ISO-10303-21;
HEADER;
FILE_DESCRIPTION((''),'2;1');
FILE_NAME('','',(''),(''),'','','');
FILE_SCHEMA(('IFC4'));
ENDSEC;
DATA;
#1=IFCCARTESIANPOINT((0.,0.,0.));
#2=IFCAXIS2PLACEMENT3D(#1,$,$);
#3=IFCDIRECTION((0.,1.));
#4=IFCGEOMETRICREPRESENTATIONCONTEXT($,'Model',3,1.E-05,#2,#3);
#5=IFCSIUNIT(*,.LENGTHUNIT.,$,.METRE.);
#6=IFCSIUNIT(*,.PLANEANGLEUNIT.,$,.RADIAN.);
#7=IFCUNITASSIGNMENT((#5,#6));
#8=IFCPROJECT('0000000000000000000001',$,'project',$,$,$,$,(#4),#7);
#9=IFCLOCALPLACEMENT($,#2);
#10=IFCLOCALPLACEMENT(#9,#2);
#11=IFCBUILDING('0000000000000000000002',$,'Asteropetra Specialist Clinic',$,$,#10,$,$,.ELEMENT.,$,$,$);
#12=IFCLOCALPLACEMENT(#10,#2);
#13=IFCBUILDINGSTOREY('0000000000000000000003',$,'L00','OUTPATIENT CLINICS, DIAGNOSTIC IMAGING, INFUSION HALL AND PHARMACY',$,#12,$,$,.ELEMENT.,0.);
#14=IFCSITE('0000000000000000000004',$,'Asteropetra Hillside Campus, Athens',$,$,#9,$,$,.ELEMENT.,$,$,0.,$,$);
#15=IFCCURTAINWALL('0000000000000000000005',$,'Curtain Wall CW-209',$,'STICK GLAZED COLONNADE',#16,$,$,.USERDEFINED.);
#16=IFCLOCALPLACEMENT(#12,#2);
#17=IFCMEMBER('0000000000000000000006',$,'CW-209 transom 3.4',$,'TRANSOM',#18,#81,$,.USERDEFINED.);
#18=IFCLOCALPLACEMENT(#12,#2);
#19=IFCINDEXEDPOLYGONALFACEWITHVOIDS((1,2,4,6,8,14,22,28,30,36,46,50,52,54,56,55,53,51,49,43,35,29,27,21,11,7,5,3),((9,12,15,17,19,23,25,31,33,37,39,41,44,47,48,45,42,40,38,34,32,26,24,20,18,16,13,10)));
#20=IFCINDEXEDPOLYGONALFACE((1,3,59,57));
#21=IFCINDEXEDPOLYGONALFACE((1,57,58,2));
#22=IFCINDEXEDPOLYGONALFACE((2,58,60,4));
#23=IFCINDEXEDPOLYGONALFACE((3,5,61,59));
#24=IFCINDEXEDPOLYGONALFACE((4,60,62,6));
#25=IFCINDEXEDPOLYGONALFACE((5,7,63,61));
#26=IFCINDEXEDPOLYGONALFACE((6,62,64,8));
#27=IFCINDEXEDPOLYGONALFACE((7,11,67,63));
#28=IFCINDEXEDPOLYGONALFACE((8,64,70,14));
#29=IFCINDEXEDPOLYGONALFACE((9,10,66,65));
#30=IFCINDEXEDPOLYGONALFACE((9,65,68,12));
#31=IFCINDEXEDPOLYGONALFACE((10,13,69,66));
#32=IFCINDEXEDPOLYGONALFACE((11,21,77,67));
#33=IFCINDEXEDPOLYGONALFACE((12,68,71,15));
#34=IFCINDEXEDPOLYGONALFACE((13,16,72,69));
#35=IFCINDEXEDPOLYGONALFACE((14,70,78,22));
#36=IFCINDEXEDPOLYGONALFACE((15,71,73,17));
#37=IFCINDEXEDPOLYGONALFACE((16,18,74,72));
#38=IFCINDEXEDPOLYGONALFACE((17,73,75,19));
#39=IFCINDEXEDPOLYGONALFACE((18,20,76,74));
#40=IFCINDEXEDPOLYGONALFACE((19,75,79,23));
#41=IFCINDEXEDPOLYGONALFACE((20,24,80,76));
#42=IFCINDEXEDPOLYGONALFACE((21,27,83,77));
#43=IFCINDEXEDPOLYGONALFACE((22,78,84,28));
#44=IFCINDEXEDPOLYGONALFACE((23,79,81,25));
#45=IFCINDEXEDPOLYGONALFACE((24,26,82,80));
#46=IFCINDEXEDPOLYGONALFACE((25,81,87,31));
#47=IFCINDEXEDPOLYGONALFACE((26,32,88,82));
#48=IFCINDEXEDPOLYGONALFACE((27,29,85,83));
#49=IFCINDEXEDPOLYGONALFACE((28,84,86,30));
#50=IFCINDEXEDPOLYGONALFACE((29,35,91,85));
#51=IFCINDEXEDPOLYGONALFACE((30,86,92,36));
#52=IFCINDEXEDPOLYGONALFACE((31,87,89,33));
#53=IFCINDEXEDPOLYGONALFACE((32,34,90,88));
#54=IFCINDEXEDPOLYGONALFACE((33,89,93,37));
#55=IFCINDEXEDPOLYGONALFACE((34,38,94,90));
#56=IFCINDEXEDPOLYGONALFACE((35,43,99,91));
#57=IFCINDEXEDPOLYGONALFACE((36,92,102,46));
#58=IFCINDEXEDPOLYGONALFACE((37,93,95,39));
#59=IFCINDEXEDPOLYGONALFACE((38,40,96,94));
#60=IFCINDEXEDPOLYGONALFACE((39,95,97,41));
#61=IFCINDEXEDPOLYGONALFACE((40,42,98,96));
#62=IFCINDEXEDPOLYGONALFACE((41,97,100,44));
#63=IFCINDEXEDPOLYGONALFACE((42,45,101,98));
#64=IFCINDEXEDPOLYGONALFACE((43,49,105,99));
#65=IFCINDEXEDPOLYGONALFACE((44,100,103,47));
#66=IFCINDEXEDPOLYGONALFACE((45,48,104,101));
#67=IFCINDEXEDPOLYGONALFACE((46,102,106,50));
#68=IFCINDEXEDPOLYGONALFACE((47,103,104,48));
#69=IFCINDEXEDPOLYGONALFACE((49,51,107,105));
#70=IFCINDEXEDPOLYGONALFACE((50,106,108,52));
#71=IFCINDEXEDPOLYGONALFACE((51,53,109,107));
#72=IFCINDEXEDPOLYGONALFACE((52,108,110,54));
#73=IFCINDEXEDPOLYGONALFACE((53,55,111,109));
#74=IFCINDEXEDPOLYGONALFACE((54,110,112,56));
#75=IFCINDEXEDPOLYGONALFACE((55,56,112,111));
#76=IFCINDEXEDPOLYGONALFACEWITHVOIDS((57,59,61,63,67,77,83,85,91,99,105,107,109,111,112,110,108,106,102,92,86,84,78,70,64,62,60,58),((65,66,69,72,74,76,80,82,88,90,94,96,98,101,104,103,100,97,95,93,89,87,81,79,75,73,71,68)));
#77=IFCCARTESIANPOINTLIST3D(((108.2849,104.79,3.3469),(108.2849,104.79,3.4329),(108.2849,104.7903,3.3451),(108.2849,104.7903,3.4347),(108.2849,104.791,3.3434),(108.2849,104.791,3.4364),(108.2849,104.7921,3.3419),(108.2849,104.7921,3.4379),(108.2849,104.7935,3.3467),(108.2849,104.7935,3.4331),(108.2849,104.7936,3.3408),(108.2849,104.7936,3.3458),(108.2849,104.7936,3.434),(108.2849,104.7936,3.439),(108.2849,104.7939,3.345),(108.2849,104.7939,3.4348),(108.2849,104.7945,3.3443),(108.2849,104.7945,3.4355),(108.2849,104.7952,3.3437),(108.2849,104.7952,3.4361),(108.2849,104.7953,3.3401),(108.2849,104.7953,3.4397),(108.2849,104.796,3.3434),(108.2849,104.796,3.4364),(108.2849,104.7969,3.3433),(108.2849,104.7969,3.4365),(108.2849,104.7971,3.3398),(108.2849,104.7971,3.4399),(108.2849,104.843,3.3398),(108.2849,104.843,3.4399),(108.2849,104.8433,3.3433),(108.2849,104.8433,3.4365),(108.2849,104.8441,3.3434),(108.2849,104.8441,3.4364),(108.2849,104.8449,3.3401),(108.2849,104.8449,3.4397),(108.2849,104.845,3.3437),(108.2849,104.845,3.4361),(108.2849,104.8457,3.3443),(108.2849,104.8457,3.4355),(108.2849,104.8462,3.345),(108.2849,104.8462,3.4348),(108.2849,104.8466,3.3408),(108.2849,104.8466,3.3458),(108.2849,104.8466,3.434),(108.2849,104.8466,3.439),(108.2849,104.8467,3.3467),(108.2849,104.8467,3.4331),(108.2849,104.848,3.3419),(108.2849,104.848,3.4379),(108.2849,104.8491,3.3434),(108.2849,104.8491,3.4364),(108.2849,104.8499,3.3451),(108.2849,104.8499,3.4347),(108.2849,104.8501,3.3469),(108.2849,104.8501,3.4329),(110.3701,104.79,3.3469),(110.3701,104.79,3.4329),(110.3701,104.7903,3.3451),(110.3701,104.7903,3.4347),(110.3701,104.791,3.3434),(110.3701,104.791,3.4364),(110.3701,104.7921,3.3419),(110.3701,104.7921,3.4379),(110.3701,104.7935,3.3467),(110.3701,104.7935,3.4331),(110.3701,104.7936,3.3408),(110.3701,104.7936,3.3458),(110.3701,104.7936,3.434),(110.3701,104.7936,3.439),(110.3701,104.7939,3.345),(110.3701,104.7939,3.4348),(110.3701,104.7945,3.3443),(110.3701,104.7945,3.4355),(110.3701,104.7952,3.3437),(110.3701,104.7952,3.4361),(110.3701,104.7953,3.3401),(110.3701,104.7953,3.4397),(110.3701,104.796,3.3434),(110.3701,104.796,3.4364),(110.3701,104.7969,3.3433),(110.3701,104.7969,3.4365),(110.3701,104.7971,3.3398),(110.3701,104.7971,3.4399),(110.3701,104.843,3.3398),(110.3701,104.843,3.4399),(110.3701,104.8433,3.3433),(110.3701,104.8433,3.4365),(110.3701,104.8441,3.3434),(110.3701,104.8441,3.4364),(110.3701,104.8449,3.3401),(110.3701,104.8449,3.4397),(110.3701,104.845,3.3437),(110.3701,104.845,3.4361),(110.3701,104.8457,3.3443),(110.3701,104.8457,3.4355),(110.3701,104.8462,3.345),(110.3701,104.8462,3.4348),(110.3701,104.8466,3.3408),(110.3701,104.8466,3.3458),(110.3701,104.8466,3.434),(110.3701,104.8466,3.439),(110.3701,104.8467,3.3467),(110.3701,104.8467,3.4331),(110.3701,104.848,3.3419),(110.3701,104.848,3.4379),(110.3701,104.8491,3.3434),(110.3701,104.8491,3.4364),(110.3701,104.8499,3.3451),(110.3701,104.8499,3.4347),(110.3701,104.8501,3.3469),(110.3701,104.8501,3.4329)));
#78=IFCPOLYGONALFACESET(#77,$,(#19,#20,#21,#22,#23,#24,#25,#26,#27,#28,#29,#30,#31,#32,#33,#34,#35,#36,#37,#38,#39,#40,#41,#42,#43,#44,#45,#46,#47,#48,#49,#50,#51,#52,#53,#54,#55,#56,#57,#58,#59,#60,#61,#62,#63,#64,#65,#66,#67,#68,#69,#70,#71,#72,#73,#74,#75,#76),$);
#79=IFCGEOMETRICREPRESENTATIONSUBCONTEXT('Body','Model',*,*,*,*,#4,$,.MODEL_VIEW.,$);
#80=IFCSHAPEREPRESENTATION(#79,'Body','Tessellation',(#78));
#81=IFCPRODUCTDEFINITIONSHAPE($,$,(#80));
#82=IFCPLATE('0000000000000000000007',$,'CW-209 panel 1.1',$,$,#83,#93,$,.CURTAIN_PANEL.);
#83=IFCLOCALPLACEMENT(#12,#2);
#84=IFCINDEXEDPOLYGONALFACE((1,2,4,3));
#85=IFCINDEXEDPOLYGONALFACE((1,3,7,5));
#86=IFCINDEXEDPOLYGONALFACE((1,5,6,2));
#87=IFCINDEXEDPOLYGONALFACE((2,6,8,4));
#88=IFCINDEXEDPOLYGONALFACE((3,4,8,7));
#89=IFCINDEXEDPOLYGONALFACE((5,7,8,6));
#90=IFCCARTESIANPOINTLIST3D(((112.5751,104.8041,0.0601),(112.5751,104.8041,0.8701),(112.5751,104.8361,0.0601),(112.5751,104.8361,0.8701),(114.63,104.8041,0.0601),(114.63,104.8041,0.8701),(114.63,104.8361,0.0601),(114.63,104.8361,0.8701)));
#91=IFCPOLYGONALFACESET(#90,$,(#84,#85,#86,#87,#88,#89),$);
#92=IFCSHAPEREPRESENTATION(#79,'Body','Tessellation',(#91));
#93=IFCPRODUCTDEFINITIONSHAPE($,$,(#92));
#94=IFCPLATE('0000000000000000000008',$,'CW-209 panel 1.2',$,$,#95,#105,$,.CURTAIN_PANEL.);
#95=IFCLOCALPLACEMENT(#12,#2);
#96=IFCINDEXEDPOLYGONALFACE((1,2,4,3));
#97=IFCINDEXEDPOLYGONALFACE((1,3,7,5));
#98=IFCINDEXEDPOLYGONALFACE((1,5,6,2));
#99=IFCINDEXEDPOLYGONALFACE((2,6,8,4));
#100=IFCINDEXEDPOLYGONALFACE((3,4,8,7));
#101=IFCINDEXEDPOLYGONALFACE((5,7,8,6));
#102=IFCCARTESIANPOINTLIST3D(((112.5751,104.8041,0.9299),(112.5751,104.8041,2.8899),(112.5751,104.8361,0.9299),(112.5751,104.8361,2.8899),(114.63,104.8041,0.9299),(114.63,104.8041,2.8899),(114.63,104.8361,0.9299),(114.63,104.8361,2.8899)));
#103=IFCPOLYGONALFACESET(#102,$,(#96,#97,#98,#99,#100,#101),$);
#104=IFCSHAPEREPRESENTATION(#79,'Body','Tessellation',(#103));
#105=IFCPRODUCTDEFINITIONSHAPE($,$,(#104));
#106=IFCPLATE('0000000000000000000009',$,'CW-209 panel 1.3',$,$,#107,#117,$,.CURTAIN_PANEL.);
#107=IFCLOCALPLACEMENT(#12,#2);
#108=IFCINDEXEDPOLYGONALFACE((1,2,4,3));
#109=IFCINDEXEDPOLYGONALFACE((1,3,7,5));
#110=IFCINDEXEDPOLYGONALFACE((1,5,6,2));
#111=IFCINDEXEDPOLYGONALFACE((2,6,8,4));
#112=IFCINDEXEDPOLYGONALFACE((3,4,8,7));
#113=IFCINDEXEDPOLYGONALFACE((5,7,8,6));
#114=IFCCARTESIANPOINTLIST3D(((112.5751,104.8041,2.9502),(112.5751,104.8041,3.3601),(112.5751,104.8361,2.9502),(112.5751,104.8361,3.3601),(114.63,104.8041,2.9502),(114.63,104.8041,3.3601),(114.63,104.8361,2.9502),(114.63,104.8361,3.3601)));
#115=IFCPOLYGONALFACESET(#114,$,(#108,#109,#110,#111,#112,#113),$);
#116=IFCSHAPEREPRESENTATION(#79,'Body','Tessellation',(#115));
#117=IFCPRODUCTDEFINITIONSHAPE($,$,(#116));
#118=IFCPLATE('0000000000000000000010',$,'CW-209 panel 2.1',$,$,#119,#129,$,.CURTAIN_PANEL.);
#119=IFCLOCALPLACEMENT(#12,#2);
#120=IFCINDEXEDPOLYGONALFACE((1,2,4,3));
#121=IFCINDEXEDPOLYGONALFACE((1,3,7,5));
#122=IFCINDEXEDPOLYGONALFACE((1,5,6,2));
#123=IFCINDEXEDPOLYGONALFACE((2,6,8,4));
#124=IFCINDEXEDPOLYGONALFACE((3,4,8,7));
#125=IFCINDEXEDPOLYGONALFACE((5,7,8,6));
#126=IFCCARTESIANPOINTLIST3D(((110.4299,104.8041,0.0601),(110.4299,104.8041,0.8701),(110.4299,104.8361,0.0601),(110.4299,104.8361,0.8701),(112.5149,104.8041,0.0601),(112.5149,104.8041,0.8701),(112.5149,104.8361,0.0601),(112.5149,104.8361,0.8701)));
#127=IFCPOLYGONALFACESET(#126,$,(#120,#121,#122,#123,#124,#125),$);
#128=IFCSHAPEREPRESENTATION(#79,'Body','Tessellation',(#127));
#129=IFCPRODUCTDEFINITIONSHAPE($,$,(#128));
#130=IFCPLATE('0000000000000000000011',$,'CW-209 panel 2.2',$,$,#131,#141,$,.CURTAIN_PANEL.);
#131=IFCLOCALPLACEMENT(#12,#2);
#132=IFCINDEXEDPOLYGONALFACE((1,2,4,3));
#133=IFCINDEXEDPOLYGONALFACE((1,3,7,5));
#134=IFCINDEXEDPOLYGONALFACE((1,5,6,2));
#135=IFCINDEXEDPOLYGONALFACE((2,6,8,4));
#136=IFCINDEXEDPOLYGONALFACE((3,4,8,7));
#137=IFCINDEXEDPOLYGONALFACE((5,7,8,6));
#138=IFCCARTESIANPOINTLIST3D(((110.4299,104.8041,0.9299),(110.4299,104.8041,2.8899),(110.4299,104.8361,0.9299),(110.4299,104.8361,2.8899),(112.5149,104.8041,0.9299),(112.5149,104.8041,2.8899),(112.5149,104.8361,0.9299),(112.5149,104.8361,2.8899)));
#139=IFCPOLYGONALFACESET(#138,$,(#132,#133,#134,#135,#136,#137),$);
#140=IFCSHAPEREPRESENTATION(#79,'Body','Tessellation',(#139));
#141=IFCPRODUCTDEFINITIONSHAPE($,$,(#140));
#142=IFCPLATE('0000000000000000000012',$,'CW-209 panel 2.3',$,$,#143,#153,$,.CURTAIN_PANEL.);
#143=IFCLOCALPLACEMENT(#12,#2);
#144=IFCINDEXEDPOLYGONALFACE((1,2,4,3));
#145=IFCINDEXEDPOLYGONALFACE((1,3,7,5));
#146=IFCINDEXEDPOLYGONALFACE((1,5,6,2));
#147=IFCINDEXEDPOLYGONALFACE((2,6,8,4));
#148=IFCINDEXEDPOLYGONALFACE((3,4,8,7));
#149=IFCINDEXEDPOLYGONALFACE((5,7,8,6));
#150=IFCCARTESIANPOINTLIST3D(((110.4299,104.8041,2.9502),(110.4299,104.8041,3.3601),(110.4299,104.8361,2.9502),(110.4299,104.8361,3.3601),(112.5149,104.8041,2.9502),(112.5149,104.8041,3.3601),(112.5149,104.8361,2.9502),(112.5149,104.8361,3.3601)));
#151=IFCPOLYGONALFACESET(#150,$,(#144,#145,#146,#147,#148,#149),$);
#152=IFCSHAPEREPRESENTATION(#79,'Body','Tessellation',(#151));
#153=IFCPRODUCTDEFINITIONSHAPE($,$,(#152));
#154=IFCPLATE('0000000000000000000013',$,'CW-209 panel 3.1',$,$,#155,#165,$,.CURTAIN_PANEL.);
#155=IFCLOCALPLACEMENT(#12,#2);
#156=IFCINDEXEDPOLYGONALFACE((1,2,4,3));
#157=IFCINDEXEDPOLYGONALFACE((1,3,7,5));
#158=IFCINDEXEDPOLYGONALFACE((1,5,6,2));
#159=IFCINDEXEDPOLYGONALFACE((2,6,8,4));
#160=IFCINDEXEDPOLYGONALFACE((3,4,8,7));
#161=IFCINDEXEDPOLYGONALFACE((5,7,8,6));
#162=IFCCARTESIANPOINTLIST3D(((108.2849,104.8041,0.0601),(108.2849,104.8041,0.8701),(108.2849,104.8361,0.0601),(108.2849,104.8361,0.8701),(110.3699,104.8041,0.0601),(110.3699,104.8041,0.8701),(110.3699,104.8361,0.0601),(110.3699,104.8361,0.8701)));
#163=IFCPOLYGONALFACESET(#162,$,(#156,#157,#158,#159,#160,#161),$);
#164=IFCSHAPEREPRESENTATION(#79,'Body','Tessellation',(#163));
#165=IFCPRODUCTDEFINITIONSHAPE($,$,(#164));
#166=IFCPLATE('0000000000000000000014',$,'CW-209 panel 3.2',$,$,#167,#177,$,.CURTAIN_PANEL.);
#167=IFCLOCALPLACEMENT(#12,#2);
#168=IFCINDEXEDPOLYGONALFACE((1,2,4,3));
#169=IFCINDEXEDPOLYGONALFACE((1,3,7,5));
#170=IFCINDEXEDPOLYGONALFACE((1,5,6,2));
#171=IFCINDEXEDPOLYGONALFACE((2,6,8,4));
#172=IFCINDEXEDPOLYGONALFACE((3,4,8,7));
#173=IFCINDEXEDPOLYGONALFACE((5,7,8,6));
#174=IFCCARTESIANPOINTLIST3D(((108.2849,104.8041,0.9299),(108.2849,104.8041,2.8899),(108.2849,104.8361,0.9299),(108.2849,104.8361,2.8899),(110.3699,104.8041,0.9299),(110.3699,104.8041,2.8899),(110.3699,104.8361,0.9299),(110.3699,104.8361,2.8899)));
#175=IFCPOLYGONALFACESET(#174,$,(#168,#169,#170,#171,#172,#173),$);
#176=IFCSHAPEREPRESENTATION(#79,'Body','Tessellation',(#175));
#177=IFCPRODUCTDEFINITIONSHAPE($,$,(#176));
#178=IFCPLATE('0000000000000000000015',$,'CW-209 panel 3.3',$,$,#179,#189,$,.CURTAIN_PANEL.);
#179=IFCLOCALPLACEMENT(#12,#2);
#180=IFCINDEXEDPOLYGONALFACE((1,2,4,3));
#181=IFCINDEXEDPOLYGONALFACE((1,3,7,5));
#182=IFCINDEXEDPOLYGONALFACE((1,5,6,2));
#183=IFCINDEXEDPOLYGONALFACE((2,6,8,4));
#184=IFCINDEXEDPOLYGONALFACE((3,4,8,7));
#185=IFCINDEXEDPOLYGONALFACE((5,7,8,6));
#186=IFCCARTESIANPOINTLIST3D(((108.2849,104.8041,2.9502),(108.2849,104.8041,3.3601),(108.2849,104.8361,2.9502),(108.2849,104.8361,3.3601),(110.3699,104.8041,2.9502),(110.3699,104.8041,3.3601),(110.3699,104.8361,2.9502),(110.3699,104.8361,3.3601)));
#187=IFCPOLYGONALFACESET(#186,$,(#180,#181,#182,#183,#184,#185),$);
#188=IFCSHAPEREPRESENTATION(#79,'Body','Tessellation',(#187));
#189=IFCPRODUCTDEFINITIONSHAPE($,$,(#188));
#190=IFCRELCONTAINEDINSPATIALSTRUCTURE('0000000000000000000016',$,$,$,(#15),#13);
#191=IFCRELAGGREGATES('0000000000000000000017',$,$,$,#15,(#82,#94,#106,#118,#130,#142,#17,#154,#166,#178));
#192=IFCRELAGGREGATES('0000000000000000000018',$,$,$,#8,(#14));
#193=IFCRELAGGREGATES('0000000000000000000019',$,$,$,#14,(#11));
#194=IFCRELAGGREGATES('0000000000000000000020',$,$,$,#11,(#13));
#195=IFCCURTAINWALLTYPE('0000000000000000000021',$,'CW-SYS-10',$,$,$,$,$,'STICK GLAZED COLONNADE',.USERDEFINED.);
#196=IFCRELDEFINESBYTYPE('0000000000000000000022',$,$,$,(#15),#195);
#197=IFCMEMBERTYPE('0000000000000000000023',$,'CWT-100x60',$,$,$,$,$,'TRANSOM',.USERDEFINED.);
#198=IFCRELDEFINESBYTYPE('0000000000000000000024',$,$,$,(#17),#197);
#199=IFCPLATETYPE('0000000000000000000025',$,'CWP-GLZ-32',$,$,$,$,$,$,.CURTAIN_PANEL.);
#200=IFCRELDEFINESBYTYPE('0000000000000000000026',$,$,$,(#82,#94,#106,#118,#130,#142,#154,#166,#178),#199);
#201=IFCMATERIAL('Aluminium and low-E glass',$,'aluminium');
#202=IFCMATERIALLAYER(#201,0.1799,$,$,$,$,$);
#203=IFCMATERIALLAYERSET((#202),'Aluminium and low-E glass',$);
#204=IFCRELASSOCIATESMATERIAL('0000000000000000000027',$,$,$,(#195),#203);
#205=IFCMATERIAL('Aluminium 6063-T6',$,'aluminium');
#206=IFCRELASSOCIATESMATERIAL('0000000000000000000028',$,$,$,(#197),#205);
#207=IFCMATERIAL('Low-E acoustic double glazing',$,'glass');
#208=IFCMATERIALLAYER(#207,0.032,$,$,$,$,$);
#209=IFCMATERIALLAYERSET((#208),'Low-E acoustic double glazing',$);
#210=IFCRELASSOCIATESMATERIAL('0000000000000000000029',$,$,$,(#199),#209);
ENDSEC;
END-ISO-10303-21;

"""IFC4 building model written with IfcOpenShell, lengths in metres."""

from ifc_helpers import new_model, si_unit, direction, frame, origin, origin_2d, place, context, subcontext, project, spatial, rectangle, hollow_rectangle, extrude, material, layer, layer_set, material_profile, profile_set, type_object, element, aggregate, save


model = new_model("IFC4")

# Units and contexts
model_context = context("Model", 3, precision=1e-05, world=origin(), true_north=direction((0.0, 1.0)))
body_context = subcontext(model_context, "Body", "Model", "MODEL_VIEW")
ifc_project = project(units=[si_unit("LENGTHUNIT", "METRE"), si_unit("PLANEANGLEUNIT", "RADIAN")], contexts=[model_context])

# Site, building, storey
site_placement = place(None, origin())
site = spatial("IfcSite", under=ifc_project, at=site_placement, Name="Asteropetra Hillside Campus, Athens", CompositionType="ELEMENT", RefElevation=0.0)
building_placement = place(site_placement, origin())
building = spatial("IfcBuilding", under=site, at=building_placement, Name="Asteropetra Specialist Clinic", CompositionType="ELEMENT")
storey_placement = place(building_placement, origin())
storey = spatial("IfcBuildingStorey", under=building, at=storey_placement, Name="L00", Description="OUTPATIENT CLINICS, DIAGNOSTIC IMAGING, INFUSION HALL AND PHARMACY", CompositionType="ELEMENT", Elevation=0.0)

# Curtain wall, member, plates
ifc_material_1 = material(Name="Aluminium and low-E glass", Category="aluminium")
ifc_layer_1 = layer(ifc_material_1, 0.1799)
ifc_layer_set_1 = layer_set([ifc_layer_1], Name="Aluminium and low-E glass")
curtain_wall_type = type_object("IfcCurtainWallType", Name="CW-SYS-10", ElementType="STICK GLAZED COLONNADE", PredefinedType="USERDEFINED", material=ifc_layer_set_1)
curtain_wall_placement = place(storey_placement, origin())
curtain_wall = element("IfcCurtainWall", 1, at=curtain_wall_placement, inside=storey, type_object=curtain_wall_type, Name="Curtain Wall CW-209", ObjectType="STICK GLAZED COLONNADE", PredefinedType="USERDEFINED")
ifc_material_2 = material(Name="Aluminium 6063-T6", Category="aluminium")
ifc_material_profile_1 = material_profile(ifc_material_2, hollow_rectangle(XDim=0.0601, YDim=0.1001, WallThickness=0.0034, InnerFilletRadius=0.0034, OuterFilletRadius=0.0071, at=origin_2d()), Name="TRN 100x60x3.5")
ifc_profile_set_1 = profile_set([ifc_material_profile_1], Name="Aluminium 6063-T6")
member_type_1 = type_object("IfcMemberType", Name="CWT-100x60", ElementType="TRANSOM", PredefinedType="USERDEFINED", material=ifc_profile_set_1)
member_1_placement = place(storey_placement, frame((110.3701, 104.8201, 3.3899), z_axis=(-1.0, 0.0, 0.0), x_axis=(0.0, -1.0, 0.0)))
member_1 = element("IfcMember", 2, at=member_1_placement, type_object=member_type_1, Name="CW-209 transom 3.4", ObjectType="TRANSOM", PredefinedType="USERDEFINED", context=body_context, shape_type="SweptSolid", body=[
    extrude(hollow_rectangle(XDim=0.0601, YDim=0.1001, WallThickness=0.0034, InnerFilletRadius=0.0034, OuterFilletRadius=0.0071, at=origin_2d()), origin(), (0.0, 0.0, 1.0), 2.0852),
])
ifc_material_3 = material(Name="Low-E acoustic double glazing", Category="glass")
ifc_layer_2 = layer(ifc_material_3, 0.032)
ifc_layer_set_2 = layer_set([ifc_layer_2], Name="Low-E acoustic double glazing")
plate_type = type_object("IfcPlateType", Name="CWP-GLZ-32", PredefinedType="CURTAIN_PANEL", material=ifc_layer_set_2)
plate_1_placement = place(storey_placement, frame((113.6025, 104.8201, 0.0601), z_axis=(0.0, 0.0, 1.0), x_axis=(-1.0, 0.0, 0.0)))
plate_1 = element("IfcPlate", 3, at=plate_1_placement, type_object=plate_type, Name="CW-209 panel 1.1", PredefinedType="CURTAIN_PANEL", context=body_context, shape_type="SweptSolid", body=[
    extrude(rectangle(XDim=2.0549, YDim=0.032, at=origin_2d()), origin(), (0.0, 0.0, 1.0), 0.8101),
])
plate_2_placement = place(storey_placement, frame((113.6025, 104.8201, 0.9299), z_axis=(0.0, 0.0, 1.0), x_axis=(-1.0, 0.0, 0.0)))
plate_2 = element("IfcPlate", 4, at=plate_2_placement, type_object=plate_type, Name="CW-209 panel 1.2", PredefinedType="CURTAIN_PANEL", context=body_context, shape_type="SweptSolid", body=[
    extrude(rectangle(XDim=2.0549, YDim=0.032, at=origin_2d()), origin(), (0.0, 0.0, 1.0), 1.96),
])
plate_3_placement = place(storey_placement, frame((113.6025, 104.8201, 2.9502), z_axis=(0.0, 0.0, 1.0), x_axis=(-1.0, 0.0, 0.0)))
plate_3 = element("IfcPlate", 5, at=plate_3_placement, type_object=plate_type, Name="CW-209 panel 1.3", PredefinedType="CURTAIN_PANEL", context=body_context, shape_type="SweptSolid", body=[
    extrude(rectangle(XDim=2.0549, YDim=0.032, at=origin_2d()), origin(), (0.0, 0.0, 1.0), 0.4099),
])
plate_4_placement = place(storey_placement, frame((111.4724, 104.8201, 0.0601), z_axis=(0.0, 0.0, 1.0), x_axis=(-1.0, 0.0, 0.0)))
plate_4 = element("IfcPlate", 6, at=plate_4_placement, type_object=plate_type, Name="CW-209 panel 2.1", PredefinedType="CURTAIN_PANEL", context=body_context, shape_type="SweptSolid", body=[
    extrude(rectangle(XDim=2.085, YDim=0.032, at=origin_2d()), origin(), (0.0, 0.0, 1.0), 0.8101),
])
plate_5_placement = place(storey_placement, frame((111.4724, 104.8201, 0.9299), z_axis=(0.0, 0.0, 1.0), x_axis=(-1.0, 0.0, 0.0)))
plate_5 = element("IfcPlate", 7, at=plate_5_placement, type_object=plate_type, Name="CW-209 panel 2.2", PredefinedType="CURTAIN_PANEL", context=body_context, shape_type="SweptSolid", body=[
    extrude(rectangle(XDim=2.085, YDim=0.032, at=origin_2d()), origin(), (0.0, 0.0, 1.0), 1.96),
])
plate_6_placement = place(storey_placement, frame((111.4724, 104.8201, 2.9502), z_axis=(0.0, 0.0, 1.0), x_axis=(-1.0, 0.0, 0.0)))
plate_6 = element("IfcPlate", 8, at=plate_6_placement, type_object=plate_type, Name="CW-209 panel 2.3", PredefinedType="CURTAIN_PANEL", context=body_context, shape_type="SweptSolid", body=[
    extrude(rectangle(XDim=2.085, YDim=0.032, at=origin_2d()), origin(), (0.0, 0.0, 1.0), 0.4099),
])
plate_7_placement = place(storey_placement, frame((109.3274, 104.8201, 0.0601), z_axis=(0.0, 0.0, 1.0), x_axis=(-1.0, 0.0, 0.0)))
plate_7 = element("IfcPlate", 9, at=plate_7_placement, type_object=plate_type, Name="CW-209 panel 3.1", PredefinedType="CURTAIN_PANEL", context=body_context, shape_type="SweptSolid", body=[
    extrude(rectangle(XDim=2.085, YDim=0.032, at=origin_2d()), origin(), (0.0, 0.0, 1.0), 0.8101),
])
plate_8_placement = place(storey_placement, frame((109.3274, 104.8201, 0.9299), z_axis=(0.0, 0.0, 1.0), x_axis=(-1.0, 0.0, 0.0)))
plate_8 = element("IfcPlate", 10, at=plate_8_placement, type_object=plate_type, Name="CW-209 panel 3.2", PredefinedType="CURTAIN_PANEL", context=body_context, shape_type="SweptSolid", body=[
    extrude(rectangle(XDim=2.085, YDim=0.032, at=origin_2d()), origin(), (0.0, 0.0, 1.0), 1.96),
])
plate_9_placement = place(storey_placement, frame((109.3274, 104.8201, 2.9502), z_axis=(0.0, 0.0, 1.0), x_axis=(-1.0, 0.0, 0.0)))
plate_9 = element("IfcPlate", 11, at=plate_9_placement, type_object=plate_type, Name="CW-209 panel 3.3", PredefinedType="CURTAIN_PANEL", context=body_context, shape_type="SweptSolid", body=[
    extrude(rectangle(XDim=2.085, YDim=0.032, at=origin_2d()), origin(), (0.0, 0.0, 1.0), 0.4099),
])
aggregate(curtain_wall, [plate_1, plate_2, plate_3, plate_4, plate_5, plate_6, member_1, plate_7, plate_8, plate_9])

save(model, "model.ifc")
